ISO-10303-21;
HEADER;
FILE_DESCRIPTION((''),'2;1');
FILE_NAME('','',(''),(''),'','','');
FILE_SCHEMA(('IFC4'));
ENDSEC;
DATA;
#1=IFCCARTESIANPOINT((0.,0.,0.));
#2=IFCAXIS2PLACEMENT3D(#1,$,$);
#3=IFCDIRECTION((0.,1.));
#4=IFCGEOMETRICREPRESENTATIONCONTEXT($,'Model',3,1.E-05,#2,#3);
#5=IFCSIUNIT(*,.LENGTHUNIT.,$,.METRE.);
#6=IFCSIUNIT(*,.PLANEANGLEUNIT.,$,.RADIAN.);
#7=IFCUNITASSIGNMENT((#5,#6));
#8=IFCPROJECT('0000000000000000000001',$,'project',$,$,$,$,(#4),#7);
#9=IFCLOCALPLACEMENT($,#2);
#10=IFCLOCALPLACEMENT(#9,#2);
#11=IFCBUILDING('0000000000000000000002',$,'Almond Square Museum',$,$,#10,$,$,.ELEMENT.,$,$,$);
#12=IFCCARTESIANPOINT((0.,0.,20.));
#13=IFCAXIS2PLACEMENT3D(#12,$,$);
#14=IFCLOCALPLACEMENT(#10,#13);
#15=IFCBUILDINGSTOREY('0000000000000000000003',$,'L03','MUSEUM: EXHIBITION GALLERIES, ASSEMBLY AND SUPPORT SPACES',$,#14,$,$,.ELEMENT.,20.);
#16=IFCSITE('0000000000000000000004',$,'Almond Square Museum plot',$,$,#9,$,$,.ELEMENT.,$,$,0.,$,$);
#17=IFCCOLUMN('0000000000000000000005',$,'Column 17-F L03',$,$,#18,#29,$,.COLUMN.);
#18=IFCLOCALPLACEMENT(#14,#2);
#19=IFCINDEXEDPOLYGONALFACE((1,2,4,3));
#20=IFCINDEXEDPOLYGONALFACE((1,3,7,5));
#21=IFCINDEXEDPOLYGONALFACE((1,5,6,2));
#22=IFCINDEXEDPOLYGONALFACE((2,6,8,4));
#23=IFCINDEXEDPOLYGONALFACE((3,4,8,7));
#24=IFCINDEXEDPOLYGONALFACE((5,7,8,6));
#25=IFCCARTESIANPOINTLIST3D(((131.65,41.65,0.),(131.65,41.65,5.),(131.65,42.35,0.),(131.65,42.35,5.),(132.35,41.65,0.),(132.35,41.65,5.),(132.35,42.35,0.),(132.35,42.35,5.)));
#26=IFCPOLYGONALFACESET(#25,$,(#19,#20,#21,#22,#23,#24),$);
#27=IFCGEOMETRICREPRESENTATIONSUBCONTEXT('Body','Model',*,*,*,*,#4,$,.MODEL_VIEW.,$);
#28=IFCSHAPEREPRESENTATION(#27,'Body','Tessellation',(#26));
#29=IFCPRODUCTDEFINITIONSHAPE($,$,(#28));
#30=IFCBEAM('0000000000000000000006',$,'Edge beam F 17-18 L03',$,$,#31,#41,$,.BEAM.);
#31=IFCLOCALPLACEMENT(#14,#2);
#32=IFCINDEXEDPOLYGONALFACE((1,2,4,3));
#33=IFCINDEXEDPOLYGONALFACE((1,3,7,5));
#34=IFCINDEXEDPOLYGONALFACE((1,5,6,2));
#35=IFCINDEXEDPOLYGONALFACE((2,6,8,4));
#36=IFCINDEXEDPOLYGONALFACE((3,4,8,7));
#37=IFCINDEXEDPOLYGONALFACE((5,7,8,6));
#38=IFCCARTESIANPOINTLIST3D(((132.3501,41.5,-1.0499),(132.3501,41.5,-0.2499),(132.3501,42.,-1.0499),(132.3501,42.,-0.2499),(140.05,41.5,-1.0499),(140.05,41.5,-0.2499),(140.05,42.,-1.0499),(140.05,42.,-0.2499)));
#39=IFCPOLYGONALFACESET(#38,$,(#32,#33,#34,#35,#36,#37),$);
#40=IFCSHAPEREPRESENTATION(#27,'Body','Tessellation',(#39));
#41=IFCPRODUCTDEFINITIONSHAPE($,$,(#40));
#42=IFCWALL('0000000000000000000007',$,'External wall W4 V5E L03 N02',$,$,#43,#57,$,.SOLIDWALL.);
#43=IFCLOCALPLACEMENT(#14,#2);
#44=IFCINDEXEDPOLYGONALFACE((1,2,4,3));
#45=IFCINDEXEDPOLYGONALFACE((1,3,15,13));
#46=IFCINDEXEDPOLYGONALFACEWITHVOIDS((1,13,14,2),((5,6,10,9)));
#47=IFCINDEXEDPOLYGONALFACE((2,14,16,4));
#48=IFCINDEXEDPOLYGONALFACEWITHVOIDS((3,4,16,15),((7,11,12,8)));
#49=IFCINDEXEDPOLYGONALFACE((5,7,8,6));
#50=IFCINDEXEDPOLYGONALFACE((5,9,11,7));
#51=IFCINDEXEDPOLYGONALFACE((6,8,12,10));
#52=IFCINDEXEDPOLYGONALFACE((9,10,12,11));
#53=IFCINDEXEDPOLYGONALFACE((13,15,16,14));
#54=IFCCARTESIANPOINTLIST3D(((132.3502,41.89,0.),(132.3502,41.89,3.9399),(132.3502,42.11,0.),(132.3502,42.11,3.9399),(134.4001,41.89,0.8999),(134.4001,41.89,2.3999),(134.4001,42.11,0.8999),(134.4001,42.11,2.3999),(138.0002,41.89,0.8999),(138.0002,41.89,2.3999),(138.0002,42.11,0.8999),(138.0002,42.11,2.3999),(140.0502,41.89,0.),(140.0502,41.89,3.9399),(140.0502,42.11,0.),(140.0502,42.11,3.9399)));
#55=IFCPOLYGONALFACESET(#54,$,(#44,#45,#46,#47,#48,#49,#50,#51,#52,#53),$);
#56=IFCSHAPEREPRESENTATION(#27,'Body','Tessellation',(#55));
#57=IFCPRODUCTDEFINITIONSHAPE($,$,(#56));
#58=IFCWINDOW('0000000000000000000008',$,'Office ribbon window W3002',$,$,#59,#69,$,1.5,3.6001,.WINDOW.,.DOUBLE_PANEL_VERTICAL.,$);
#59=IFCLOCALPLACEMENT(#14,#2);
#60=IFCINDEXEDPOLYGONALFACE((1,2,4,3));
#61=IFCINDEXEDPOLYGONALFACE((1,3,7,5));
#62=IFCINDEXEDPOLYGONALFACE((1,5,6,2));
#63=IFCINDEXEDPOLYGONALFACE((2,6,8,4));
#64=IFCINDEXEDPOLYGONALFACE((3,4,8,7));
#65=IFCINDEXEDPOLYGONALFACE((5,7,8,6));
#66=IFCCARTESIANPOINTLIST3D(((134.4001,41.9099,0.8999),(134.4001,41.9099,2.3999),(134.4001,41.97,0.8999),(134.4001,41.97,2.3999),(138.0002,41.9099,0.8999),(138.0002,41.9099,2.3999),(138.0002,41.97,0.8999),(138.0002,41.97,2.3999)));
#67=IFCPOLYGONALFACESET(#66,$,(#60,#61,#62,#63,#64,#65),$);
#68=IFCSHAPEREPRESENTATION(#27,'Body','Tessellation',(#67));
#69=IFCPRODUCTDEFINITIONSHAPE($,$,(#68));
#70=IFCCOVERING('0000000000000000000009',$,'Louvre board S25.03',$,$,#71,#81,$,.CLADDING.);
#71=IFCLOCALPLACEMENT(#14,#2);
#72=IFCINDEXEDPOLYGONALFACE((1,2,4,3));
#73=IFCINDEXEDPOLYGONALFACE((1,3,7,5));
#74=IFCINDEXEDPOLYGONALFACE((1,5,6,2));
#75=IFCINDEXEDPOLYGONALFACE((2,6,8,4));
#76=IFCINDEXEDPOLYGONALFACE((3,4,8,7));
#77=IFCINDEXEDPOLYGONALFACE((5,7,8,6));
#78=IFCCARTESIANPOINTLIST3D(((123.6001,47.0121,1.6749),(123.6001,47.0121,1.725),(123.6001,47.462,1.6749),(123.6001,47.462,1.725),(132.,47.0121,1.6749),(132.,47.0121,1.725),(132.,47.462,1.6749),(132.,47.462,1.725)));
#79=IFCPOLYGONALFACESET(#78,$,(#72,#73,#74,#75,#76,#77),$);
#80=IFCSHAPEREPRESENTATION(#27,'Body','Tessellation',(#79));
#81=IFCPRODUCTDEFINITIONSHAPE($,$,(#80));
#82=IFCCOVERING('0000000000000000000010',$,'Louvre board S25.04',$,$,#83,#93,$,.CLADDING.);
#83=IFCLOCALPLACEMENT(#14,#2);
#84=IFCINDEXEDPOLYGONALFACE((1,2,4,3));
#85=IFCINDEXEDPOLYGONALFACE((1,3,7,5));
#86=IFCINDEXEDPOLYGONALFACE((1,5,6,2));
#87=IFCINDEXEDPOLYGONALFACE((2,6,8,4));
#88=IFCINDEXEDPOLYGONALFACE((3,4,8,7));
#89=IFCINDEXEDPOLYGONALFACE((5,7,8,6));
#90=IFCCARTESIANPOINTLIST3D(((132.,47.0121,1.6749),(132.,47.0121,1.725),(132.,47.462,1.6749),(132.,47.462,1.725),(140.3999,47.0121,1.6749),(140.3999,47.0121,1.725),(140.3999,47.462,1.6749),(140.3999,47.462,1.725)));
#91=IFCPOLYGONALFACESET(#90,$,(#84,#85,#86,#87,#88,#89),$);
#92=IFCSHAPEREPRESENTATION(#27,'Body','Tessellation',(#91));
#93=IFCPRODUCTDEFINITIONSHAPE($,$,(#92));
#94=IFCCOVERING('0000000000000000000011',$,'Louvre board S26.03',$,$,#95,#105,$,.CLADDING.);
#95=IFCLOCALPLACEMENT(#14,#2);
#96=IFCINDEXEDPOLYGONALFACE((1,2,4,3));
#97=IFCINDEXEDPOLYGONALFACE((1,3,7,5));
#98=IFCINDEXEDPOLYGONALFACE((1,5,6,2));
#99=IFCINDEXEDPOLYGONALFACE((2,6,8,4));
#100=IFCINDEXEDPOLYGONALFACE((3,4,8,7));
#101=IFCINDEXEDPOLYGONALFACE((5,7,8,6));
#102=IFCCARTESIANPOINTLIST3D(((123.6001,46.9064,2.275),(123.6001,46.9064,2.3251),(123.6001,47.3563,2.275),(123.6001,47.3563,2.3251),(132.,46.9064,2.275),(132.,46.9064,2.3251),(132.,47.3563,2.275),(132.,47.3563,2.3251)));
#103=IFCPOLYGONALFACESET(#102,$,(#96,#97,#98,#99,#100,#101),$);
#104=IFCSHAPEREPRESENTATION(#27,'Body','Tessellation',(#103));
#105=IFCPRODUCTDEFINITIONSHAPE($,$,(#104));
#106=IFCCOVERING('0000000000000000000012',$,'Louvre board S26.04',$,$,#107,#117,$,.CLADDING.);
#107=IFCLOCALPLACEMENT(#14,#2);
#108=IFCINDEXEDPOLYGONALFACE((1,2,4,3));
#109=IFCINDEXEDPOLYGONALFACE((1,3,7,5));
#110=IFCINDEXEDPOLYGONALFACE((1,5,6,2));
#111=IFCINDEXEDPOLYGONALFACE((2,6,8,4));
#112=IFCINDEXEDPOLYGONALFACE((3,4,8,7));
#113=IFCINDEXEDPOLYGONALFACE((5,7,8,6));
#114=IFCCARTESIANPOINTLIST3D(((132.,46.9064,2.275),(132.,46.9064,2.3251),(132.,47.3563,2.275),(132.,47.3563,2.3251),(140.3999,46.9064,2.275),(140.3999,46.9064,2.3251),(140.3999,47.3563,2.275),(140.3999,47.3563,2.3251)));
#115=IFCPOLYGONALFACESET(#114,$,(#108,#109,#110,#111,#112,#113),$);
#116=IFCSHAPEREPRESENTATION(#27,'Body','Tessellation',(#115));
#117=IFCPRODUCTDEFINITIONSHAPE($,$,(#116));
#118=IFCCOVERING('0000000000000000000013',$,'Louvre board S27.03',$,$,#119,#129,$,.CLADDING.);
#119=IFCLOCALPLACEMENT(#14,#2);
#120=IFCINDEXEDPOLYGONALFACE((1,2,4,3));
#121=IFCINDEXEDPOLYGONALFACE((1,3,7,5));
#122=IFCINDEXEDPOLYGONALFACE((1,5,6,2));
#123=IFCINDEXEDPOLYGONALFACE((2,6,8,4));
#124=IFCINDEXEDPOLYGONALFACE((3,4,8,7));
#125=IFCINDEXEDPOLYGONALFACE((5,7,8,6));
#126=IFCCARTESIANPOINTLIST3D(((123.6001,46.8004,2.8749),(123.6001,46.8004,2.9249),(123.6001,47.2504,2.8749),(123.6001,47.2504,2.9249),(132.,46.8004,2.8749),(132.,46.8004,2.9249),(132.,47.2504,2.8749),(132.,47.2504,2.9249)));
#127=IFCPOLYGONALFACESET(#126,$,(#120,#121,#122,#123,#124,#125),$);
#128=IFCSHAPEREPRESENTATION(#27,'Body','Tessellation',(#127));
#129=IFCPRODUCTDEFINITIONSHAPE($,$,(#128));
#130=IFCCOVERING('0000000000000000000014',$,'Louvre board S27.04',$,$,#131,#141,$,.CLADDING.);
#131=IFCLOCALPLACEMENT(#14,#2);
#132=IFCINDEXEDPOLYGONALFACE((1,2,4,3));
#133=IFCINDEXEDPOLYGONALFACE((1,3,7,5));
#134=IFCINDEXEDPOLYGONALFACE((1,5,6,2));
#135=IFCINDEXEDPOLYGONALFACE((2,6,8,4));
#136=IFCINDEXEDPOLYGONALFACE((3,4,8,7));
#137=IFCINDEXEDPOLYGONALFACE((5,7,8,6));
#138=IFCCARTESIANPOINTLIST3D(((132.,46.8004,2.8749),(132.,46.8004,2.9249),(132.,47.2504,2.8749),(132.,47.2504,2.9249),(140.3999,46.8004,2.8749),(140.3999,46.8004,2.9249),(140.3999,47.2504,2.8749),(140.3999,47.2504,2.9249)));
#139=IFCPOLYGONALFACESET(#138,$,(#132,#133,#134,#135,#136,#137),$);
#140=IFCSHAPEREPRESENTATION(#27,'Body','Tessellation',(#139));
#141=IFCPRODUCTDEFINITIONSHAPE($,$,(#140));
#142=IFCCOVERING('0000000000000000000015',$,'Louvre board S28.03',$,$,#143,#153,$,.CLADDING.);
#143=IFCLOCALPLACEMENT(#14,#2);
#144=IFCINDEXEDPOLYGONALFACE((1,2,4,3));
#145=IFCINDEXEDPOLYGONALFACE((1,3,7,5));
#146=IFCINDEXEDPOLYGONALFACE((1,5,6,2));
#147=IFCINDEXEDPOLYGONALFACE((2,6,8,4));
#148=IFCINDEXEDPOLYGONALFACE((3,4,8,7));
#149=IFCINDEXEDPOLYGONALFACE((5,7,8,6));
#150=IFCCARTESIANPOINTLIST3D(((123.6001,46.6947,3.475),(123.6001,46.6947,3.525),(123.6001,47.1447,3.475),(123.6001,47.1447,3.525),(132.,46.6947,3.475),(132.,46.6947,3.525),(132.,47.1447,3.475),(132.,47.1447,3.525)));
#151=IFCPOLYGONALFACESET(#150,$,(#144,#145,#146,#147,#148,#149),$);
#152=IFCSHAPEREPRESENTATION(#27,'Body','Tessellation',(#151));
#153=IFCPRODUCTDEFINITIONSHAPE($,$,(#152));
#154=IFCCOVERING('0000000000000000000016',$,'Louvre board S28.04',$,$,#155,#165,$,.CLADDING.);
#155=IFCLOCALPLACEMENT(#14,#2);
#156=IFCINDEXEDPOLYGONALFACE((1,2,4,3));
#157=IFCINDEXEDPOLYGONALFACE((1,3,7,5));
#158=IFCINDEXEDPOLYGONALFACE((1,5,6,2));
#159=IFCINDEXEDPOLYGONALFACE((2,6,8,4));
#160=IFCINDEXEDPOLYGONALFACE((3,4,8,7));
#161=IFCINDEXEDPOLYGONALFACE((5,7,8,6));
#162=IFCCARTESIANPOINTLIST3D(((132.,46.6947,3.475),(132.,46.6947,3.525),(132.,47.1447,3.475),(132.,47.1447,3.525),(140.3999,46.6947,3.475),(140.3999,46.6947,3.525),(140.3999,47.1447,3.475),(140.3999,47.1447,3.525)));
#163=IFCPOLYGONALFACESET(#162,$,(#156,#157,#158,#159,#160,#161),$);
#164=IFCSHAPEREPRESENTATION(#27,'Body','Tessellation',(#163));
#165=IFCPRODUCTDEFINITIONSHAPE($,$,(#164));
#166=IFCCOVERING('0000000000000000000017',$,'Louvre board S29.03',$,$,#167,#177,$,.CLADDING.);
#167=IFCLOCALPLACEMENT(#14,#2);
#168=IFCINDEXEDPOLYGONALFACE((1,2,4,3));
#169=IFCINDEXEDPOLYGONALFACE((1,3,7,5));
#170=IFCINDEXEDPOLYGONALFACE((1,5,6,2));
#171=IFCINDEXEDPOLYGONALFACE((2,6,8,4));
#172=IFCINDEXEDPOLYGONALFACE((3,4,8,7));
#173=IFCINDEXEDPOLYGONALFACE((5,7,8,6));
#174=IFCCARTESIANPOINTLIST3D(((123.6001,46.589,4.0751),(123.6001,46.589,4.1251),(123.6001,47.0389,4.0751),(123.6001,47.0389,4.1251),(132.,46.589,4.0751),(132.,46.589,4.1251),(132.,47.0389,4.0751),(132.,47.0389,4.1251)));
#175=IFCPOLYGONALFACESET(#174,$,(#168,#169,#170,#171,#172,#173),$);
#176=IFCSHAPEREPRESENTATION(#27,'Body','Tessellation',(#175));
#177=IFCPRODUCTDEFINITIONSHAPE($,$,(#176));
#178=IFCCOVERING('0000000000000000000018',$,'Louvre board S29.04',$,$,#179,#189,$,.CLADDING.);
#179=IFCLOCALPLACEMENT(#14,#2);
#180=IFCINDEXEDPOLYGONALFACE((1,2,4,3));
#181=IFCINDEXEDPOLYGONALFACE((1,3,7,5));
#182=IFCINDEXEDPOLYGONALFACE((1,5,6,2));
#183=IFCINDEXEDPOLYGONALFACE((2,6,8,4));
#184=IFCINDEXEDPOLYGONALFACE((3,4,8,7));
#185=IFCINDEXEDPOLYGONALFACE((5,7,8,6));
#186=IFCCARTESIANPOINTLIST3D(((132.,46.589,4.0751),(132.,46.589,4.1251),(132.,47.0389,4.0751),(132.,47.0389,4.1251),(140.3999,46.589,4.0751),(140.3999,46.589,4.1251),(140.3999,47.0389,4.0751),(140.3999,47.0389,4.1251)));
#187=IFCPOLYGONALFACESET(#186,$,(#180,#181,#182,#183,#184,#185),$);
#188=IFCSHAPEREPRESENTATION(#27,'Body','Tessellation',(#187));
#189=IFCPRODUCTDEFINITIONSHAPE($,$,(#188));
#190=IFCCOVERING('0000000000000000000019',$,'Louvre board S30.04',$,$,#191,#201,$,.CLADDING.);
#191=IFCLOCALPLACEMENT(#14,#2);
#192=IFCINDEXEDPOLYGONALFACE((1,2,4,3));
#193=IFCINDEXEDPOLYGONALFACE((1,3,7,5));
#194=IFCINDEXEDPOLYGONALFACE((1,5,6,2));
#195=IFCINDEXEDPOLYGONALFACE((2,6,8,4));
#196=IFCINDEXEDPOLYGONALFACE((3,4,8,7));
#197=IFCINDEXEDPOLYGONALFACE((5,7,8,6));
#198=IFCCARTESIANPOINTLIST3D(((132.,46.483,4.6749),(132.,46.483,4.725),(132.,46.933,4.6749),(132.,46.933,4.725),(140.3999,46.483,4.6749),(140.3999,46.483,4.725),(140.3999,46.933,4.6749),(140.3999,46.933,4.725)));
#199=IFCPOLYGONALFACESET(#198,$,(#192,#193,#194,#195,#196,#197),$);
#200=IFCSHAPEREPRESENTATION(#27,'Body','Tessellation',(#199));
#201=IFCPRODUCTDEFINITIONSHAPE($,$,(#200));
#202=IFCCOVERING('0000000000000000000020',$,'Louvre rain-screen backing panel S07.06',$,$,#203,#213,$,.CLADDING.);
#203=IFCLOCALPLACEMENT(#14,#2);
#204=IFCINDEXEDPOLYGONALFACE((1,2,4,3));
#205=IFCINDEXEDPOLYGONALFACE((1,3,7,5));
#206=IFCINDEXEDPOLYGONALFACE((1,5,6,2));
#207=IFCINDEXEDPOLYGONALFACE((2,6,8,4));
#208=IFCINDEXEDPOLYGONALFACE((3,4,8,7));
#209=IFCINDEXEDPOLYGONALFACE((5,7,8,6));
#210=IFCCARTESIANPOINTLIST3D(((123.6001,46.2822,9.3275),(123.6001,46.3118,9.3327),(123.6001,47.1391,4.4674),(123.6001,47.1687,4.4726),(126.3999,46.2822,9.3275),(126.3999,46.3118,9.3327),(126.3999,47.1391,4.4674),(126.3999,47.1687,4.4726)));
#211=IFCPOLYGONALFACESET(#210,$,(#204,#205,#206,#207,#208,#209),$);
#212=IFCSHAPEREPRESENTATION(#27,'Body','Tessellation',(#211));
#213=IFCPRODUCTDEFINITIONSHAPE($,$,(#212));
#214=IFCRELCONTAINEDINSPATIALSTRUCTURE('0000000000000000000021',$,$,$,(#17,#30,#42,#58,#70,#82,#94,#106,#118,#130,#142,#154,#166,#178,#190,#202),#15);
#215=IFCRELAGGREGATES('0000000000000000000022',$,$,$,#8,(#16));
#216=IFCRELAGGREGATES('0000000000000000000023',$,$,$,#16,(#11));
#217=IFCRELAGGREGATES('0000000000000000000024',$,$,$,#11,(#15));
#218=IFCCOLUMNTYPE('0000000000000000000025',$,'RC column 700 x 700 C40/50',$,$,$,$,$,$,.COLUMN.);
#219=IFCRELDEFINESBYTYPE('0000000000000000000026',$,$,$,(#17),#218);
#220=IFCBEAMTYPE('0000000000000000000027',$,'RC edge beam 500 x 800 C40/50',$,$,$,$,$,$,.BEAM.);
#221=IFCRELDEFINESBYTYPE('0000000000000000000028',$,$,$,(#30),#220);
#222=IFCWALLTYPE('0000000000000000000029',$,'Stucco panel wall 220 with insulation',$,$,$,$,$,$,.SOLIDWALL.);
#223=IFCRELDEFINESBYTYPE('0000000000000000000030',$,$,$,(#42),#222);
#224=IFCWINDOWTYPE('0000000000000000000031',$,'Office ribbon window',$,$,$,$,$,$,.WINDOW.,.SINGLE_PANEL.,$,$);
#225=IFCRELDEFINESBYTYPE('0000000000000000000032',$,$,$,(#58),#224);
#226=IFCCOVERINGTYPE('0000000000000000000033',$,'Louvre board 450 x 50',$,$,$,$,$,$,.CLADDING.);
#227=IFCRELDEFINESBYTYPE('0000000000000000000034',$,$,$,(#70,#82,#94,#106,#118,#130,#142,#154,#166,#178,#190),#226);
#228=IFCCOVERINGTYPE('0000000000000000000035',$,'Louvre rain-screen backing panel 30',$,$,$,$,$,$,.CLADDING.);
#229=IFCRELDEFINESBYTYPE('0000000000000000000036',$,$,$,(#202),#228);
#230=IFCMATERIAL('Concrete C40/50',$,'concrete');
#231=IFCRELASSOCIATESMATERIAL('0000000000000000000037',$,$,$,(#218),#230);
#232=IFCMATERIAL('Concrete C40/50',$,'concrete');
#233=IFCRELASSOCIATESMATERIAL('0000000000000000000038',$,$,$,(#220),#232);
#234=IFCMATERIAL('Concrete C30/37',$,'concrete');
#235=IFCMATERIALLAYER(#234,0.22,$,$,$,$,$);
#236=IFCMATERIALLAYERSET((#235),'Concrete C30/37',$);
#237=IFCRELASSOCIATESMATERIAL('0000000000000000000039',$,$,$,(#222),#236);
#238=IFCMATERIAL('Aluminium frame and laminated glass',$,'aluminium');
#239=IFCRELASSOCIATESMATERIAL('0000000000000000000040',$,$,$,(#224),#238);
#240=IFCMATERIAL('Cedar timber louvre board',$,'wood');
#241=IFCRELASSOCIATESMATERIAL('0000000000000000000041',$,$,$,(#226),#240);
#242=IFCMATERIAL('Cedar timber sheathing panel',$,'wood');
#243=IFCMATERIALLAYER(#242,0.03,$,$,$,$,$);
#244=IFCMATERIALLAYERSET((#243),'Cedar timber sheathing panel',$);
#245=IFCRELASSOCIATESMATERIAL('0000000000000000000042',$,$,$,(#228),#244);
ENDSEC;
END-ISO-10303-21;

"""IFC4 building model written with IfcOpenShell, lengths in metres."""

from ifc_helpers import new_model, si_unit, direction, frame, frame_2d, origin, origin_2d, place, context, subcontext, project, spatial, polyline, rectangle, outline, extrude, material, layer, layer_set, material_profile, profile_set, type_object, element, fill, save


model = new_model("IFC4")

# Units and contexts
model_context = context("Model", 3, precision=1e-05, world=origin(), true_north=direction((0.0, 1.0)))
body_context = subcontext(model_context, "Body", "Model", "MODEL_VIEW")
ifc_project = project(units=[si_unit("LENGTHUNIT", "METRE"), si_unit("PLANEANGLEUNIT", "RADIAN")], contexts=[model_context])

# Site, building, storey
site_placement = place(None, origin())
site = spatial("IfcSite", under=ifc_project, at=site_placement, Name="Almond Square Museum plot", CompositionType="ELEMENT", RefElevation=0.0)
building_placement = place(site_placement, origin())
building = spatial("IfcBuilding", under=site, at=building_placement, Name="Almond Square Museum", CompositionType="ELEMENT")
storey_placement = place(building_placement, frame((0.0, 0.0, 20.0)))
storey = spatial("IfcBuildingStorey", under=building, at=storey_placement, Name="L03", Description="MUSEUM: EXHIBITION GALLERIES, ASSEMBLY AND SUPPORT SPACES", CompositionType="ELEMENT", Elevation=20.0)

# Column
ifc_material_1 = material(Name="Concrete C40/50", Category="concrete")
ifc_material_profile_1 = material_profile(ifc_material_1, rectangle(XDim=0.7, YDim=0.7, at=origin_2d()))
ifc_profile_set_1 = profile_set([ifc_material_profile_1], Name="Concrete C40/50")
column_type = type_object("IfcColumnType", Name="RC column 700 x 700 C40/50", PredefinedType="COLUMN", material=ifc_profile_set_1)
column_placement = place(storey_placement, frame((132.0, 42.0, 0.0), z_axis=(0.0, 0.0, 1.0), x_axis=(1.0, 0.0, 0.0)))
element("IfcColumn", 1, at=column_placement, inside=storey, type_object=column_type, Name="Column 17-F L03", PredefinedType="COLUMN", context=body_context, shape_type="SweptSolid", body=[
    extrude(rectangle(XDim=0.7, YDim=0.7, at=origin_2d()), origin(), (0.0, 0.0, 1.0), 5.0),
])

# Beam
ifc_material_2 = material(Name="Concrete C40/50", Category="concrete")
ifc_material_profile_2 = material_profile(ifc_material_2, rectangle(XDim=0.5, YDim=0.8, at=origin_2d()))
ifc_profile_set_2 = profile_set([ifc_material_profile_2], Name="Concrete C40/50")
beam_type = type_object("IfcBeamType", Name="RC edge beam 500 x 800 C40/50", PredefinedType="BEAM", material=ifc_profile_set_2)
beam_placement = place(storey_placement, frame((132.3501, 41.75, -0.6499), z_axis=(1.0, 0.0, 0.0), x_axis=(0.0, 1.0, 0.0)))
element("IfcBeam", 2, at=beam_placement, inside=storey, type_object=beam_type, Name="Edge beam F 17-18 L03", PredefinedType="BEAM", context=body_context, shape_type="SweptSolid", body=[
    extrude(rectangle(XDim=0.5, YDim=0.8, at=origin_2d()), origin(), (0.0, 0.0, 1.0), 7.7),
])

# Wall, opening, window
ifc_material_3 = material(Name="Concrete C30/37", Category="concrete")
ifc_layer_1 = layer(ifc_material_3, 0.22)
ifc_layer_set_1 = layer_set([ifc_layer_1], Name="Concrete C30/37")
wall_type = type_object("IfcWallType", Name="Stucco panel wall 220 with insulation", PredefinedType="SOLIDWALL", material=ifc_layer_set_1)
wall_placement = place(storey_placement, frame((132.3501, 42.0, 0.0), z_axis=(0.0, 0.0, 1.0), x_axis=(1.0, 0.0, 0.0)))
wall = element("IfcWall", 3, at=wall_placement, inside=storey, type_object=wall_type, Name="External wall W4 V5E L03 N02", PredefinedType="SOLIDWALL", context=body_context, shape_type="SweptSolid", body=[
    extrude(rectangle(XDim=7.7, YDim=0.22, at=frame_2d((3.8501, 0.0))), origin(), (0.0, 0.0, 1.0), 3.9399),
])
opening_placement = place(wall_placement, frame((2.05, 0.0, 0.8999)))
opening = element("IfcOpeningElement", 4, at=opening_placement, cuts=wall, PredefinedType="OPENING", context=body_context, shape_type="SweptSolid", body=[
    extrude(rectangle(XDim=3.6001, YDim=1.5, at=frame_2d((1.8, 0.75))), frame((0.0, 0.1199, 0.0), z_axis=(0.0, -1.0, 0.0), x_axis=(1.0, 0.0, 0.0)), (0.0, 0.0, 1.0), 0.24),
])
ifc_material_4 = material(Name="Aluminium frame and laminated glass", Category="aluminium")
window_type = type_object("IfcWindowType", Name="Office ribbon window", PartitioningType="SINGLE_PANEL", PredefinedType="WINDOW", material=ifc_material_4)
window_placement = place(opening_placement, origin())
window = element("IfcWindow", 5, at=window_placement, inside=storey, type_object=window_type, Name="Office ribbon window W3002", OverallHeight=1.5, OverallWidth=3.6001, PartitioningType="DOUBLE_PANEL_VERTICAL", PredefinedType="WINDOW", context=body_context, shape_type="SweptSolid", body=[
    extrude(rectangle(XDim=3.6001, YDim=1.5, at=frame_2d((1.8, 0.75))), frame((0.0, -0.03, 0.0), z_axis=(0.0, -1.0, 0.0), x_axis=(1.0, 0.0, 0.0)), (0.0, 0.0, 1.0), 0.0601),
])
fill(opening, window)

# Coverings
ifc_material_5 = material(Name="Cedar timber louvre board", Category="wood")
ifc_material_profile_3 = material_profile(ifc_material_5, rectangle(XDim=0.45, YDim=0.05, at=origin_2d()))
ifc_profile_set_3 = profile_set([ifc_material_profile_3], Name="Cedar timber louvre board")
covering_type_1 = type_object("IfcCoveringType", Name="Louvre board 450 x 50", PredefinedType="CLADDING", material=ifc_profile_set_3)
for number, where, z_axis, x_axis, name in (
    (6, (123.6001, 47.2371, 1.7), (1.0, 0.0, 0.0), (0.0, 1.0, 0.0), "Louvre board S25.03"),
    (7, (132.0, 47.2371, 1.7), (1.0, 0.0, 0.0), (0.0, 1.0, 0.0), "Louvre board S25.04"),
    (8, (123.6001, 47.1313, 2.3), (1.0, 0.0, 0.0), (0.0, 1.0, 0.0), "Louvre board S26.03"),
    (9, (132.0, 47.1313, 2.3), (1.0, 0.0, 0.0), (0.0, 1.0, 0.0), "Louvre board S26.04"),
    (10, (123.6001, 47.0254, 2.8999), (1.0, 0.0, 0.0), (0.0, 1.0, 0.0), "Louvre board S27.03"),
    (11, (132.0, 47.0254, 2.8999), (1.0, 0.0, 0.0), (0.0, 1.0, 0.0), "Louvre board S27.04"),
    (12, (123.6001, 46.9197, 3.5), (1.0, 0.0, 0.0), (0.0, 1.0, 0.0), "Louvre board S28.03"),
    (13, (132.0, 46.9197, 3.5), (1.0, 0.0, 0.0), (0.0, 1.0, 0.0), "Louvre board S28.04"),
    (14, (123.6001, 46.814, 4.1001), (1.0, 0.0, 0.0), (0.0, 1.0, 0.0), "Louvre board S29.03"),
    (15, (132.0, 46.814, 4.1001), (1.0, 0.0, 0.0), (0.0, 1.0, 0.0), "Louvre board S29.04"),
    (16, (132.0, 46.708, 4.7), (1.0, 0.0, 0.0), (0.0, 1.0, 0.0), "Louvre board S30.04"),
):
    element("IfcCovering", number, at=place(storey_placement, frame(where, z_axis=z_axis, x_axis=x_axis)), inside=storey, type_object=covering_type_1, Name=name, PredefinedType="CLADDING", context=body_context, shape_type="SweptSolid", body=[
        extrude(rectangle(XDim=0.45, YDim=0.05, at=origin_2d()), origin(), (0.0, 0.0, 1.0), 8.3999),
    ])
ifc_material_6 = material(Name="Cedar timber sheathing panel", Category="wood")
ifc_layer_2 = layer(ifc_material_6, 0.03)
ifc_layer_set_2 = layer_set([ifc_layer_2], Name="Cedar timber sheathing panel")
covering_type_2 = type_object("IfcCoveringType", Name="Louvre rain-screen backing panel 30", PredefinedType="CLADDING", material=ifc_layer_set_2)
covering_placement = place(storey_placement, frame((123.6001, 47.1538, 4.47), z_axis=(0.0, -0.984809, -0.173641), x_axis=(1.0, 0.0, 0.0)))
element("IfcCovering", 17, at=covering_placement, inside=storey, type_object=covering_type_2, Name="Louvre rain-screen backing panel S07.06", PredefinedType="CLADDING", context=body_context, shape_type="SweptSolid", body=[
    extrude(outline(polyline([(0.0, 0.0), (2.7998, 0.0), (2.7998, 4.9351), (0.0, 4.9351), (0.0, 0.0)])), frame((0.0, 0.0, -0.0151)), (0.0, 0.0, 1.0), 0.03),
])

save(model, "model.ifc")
